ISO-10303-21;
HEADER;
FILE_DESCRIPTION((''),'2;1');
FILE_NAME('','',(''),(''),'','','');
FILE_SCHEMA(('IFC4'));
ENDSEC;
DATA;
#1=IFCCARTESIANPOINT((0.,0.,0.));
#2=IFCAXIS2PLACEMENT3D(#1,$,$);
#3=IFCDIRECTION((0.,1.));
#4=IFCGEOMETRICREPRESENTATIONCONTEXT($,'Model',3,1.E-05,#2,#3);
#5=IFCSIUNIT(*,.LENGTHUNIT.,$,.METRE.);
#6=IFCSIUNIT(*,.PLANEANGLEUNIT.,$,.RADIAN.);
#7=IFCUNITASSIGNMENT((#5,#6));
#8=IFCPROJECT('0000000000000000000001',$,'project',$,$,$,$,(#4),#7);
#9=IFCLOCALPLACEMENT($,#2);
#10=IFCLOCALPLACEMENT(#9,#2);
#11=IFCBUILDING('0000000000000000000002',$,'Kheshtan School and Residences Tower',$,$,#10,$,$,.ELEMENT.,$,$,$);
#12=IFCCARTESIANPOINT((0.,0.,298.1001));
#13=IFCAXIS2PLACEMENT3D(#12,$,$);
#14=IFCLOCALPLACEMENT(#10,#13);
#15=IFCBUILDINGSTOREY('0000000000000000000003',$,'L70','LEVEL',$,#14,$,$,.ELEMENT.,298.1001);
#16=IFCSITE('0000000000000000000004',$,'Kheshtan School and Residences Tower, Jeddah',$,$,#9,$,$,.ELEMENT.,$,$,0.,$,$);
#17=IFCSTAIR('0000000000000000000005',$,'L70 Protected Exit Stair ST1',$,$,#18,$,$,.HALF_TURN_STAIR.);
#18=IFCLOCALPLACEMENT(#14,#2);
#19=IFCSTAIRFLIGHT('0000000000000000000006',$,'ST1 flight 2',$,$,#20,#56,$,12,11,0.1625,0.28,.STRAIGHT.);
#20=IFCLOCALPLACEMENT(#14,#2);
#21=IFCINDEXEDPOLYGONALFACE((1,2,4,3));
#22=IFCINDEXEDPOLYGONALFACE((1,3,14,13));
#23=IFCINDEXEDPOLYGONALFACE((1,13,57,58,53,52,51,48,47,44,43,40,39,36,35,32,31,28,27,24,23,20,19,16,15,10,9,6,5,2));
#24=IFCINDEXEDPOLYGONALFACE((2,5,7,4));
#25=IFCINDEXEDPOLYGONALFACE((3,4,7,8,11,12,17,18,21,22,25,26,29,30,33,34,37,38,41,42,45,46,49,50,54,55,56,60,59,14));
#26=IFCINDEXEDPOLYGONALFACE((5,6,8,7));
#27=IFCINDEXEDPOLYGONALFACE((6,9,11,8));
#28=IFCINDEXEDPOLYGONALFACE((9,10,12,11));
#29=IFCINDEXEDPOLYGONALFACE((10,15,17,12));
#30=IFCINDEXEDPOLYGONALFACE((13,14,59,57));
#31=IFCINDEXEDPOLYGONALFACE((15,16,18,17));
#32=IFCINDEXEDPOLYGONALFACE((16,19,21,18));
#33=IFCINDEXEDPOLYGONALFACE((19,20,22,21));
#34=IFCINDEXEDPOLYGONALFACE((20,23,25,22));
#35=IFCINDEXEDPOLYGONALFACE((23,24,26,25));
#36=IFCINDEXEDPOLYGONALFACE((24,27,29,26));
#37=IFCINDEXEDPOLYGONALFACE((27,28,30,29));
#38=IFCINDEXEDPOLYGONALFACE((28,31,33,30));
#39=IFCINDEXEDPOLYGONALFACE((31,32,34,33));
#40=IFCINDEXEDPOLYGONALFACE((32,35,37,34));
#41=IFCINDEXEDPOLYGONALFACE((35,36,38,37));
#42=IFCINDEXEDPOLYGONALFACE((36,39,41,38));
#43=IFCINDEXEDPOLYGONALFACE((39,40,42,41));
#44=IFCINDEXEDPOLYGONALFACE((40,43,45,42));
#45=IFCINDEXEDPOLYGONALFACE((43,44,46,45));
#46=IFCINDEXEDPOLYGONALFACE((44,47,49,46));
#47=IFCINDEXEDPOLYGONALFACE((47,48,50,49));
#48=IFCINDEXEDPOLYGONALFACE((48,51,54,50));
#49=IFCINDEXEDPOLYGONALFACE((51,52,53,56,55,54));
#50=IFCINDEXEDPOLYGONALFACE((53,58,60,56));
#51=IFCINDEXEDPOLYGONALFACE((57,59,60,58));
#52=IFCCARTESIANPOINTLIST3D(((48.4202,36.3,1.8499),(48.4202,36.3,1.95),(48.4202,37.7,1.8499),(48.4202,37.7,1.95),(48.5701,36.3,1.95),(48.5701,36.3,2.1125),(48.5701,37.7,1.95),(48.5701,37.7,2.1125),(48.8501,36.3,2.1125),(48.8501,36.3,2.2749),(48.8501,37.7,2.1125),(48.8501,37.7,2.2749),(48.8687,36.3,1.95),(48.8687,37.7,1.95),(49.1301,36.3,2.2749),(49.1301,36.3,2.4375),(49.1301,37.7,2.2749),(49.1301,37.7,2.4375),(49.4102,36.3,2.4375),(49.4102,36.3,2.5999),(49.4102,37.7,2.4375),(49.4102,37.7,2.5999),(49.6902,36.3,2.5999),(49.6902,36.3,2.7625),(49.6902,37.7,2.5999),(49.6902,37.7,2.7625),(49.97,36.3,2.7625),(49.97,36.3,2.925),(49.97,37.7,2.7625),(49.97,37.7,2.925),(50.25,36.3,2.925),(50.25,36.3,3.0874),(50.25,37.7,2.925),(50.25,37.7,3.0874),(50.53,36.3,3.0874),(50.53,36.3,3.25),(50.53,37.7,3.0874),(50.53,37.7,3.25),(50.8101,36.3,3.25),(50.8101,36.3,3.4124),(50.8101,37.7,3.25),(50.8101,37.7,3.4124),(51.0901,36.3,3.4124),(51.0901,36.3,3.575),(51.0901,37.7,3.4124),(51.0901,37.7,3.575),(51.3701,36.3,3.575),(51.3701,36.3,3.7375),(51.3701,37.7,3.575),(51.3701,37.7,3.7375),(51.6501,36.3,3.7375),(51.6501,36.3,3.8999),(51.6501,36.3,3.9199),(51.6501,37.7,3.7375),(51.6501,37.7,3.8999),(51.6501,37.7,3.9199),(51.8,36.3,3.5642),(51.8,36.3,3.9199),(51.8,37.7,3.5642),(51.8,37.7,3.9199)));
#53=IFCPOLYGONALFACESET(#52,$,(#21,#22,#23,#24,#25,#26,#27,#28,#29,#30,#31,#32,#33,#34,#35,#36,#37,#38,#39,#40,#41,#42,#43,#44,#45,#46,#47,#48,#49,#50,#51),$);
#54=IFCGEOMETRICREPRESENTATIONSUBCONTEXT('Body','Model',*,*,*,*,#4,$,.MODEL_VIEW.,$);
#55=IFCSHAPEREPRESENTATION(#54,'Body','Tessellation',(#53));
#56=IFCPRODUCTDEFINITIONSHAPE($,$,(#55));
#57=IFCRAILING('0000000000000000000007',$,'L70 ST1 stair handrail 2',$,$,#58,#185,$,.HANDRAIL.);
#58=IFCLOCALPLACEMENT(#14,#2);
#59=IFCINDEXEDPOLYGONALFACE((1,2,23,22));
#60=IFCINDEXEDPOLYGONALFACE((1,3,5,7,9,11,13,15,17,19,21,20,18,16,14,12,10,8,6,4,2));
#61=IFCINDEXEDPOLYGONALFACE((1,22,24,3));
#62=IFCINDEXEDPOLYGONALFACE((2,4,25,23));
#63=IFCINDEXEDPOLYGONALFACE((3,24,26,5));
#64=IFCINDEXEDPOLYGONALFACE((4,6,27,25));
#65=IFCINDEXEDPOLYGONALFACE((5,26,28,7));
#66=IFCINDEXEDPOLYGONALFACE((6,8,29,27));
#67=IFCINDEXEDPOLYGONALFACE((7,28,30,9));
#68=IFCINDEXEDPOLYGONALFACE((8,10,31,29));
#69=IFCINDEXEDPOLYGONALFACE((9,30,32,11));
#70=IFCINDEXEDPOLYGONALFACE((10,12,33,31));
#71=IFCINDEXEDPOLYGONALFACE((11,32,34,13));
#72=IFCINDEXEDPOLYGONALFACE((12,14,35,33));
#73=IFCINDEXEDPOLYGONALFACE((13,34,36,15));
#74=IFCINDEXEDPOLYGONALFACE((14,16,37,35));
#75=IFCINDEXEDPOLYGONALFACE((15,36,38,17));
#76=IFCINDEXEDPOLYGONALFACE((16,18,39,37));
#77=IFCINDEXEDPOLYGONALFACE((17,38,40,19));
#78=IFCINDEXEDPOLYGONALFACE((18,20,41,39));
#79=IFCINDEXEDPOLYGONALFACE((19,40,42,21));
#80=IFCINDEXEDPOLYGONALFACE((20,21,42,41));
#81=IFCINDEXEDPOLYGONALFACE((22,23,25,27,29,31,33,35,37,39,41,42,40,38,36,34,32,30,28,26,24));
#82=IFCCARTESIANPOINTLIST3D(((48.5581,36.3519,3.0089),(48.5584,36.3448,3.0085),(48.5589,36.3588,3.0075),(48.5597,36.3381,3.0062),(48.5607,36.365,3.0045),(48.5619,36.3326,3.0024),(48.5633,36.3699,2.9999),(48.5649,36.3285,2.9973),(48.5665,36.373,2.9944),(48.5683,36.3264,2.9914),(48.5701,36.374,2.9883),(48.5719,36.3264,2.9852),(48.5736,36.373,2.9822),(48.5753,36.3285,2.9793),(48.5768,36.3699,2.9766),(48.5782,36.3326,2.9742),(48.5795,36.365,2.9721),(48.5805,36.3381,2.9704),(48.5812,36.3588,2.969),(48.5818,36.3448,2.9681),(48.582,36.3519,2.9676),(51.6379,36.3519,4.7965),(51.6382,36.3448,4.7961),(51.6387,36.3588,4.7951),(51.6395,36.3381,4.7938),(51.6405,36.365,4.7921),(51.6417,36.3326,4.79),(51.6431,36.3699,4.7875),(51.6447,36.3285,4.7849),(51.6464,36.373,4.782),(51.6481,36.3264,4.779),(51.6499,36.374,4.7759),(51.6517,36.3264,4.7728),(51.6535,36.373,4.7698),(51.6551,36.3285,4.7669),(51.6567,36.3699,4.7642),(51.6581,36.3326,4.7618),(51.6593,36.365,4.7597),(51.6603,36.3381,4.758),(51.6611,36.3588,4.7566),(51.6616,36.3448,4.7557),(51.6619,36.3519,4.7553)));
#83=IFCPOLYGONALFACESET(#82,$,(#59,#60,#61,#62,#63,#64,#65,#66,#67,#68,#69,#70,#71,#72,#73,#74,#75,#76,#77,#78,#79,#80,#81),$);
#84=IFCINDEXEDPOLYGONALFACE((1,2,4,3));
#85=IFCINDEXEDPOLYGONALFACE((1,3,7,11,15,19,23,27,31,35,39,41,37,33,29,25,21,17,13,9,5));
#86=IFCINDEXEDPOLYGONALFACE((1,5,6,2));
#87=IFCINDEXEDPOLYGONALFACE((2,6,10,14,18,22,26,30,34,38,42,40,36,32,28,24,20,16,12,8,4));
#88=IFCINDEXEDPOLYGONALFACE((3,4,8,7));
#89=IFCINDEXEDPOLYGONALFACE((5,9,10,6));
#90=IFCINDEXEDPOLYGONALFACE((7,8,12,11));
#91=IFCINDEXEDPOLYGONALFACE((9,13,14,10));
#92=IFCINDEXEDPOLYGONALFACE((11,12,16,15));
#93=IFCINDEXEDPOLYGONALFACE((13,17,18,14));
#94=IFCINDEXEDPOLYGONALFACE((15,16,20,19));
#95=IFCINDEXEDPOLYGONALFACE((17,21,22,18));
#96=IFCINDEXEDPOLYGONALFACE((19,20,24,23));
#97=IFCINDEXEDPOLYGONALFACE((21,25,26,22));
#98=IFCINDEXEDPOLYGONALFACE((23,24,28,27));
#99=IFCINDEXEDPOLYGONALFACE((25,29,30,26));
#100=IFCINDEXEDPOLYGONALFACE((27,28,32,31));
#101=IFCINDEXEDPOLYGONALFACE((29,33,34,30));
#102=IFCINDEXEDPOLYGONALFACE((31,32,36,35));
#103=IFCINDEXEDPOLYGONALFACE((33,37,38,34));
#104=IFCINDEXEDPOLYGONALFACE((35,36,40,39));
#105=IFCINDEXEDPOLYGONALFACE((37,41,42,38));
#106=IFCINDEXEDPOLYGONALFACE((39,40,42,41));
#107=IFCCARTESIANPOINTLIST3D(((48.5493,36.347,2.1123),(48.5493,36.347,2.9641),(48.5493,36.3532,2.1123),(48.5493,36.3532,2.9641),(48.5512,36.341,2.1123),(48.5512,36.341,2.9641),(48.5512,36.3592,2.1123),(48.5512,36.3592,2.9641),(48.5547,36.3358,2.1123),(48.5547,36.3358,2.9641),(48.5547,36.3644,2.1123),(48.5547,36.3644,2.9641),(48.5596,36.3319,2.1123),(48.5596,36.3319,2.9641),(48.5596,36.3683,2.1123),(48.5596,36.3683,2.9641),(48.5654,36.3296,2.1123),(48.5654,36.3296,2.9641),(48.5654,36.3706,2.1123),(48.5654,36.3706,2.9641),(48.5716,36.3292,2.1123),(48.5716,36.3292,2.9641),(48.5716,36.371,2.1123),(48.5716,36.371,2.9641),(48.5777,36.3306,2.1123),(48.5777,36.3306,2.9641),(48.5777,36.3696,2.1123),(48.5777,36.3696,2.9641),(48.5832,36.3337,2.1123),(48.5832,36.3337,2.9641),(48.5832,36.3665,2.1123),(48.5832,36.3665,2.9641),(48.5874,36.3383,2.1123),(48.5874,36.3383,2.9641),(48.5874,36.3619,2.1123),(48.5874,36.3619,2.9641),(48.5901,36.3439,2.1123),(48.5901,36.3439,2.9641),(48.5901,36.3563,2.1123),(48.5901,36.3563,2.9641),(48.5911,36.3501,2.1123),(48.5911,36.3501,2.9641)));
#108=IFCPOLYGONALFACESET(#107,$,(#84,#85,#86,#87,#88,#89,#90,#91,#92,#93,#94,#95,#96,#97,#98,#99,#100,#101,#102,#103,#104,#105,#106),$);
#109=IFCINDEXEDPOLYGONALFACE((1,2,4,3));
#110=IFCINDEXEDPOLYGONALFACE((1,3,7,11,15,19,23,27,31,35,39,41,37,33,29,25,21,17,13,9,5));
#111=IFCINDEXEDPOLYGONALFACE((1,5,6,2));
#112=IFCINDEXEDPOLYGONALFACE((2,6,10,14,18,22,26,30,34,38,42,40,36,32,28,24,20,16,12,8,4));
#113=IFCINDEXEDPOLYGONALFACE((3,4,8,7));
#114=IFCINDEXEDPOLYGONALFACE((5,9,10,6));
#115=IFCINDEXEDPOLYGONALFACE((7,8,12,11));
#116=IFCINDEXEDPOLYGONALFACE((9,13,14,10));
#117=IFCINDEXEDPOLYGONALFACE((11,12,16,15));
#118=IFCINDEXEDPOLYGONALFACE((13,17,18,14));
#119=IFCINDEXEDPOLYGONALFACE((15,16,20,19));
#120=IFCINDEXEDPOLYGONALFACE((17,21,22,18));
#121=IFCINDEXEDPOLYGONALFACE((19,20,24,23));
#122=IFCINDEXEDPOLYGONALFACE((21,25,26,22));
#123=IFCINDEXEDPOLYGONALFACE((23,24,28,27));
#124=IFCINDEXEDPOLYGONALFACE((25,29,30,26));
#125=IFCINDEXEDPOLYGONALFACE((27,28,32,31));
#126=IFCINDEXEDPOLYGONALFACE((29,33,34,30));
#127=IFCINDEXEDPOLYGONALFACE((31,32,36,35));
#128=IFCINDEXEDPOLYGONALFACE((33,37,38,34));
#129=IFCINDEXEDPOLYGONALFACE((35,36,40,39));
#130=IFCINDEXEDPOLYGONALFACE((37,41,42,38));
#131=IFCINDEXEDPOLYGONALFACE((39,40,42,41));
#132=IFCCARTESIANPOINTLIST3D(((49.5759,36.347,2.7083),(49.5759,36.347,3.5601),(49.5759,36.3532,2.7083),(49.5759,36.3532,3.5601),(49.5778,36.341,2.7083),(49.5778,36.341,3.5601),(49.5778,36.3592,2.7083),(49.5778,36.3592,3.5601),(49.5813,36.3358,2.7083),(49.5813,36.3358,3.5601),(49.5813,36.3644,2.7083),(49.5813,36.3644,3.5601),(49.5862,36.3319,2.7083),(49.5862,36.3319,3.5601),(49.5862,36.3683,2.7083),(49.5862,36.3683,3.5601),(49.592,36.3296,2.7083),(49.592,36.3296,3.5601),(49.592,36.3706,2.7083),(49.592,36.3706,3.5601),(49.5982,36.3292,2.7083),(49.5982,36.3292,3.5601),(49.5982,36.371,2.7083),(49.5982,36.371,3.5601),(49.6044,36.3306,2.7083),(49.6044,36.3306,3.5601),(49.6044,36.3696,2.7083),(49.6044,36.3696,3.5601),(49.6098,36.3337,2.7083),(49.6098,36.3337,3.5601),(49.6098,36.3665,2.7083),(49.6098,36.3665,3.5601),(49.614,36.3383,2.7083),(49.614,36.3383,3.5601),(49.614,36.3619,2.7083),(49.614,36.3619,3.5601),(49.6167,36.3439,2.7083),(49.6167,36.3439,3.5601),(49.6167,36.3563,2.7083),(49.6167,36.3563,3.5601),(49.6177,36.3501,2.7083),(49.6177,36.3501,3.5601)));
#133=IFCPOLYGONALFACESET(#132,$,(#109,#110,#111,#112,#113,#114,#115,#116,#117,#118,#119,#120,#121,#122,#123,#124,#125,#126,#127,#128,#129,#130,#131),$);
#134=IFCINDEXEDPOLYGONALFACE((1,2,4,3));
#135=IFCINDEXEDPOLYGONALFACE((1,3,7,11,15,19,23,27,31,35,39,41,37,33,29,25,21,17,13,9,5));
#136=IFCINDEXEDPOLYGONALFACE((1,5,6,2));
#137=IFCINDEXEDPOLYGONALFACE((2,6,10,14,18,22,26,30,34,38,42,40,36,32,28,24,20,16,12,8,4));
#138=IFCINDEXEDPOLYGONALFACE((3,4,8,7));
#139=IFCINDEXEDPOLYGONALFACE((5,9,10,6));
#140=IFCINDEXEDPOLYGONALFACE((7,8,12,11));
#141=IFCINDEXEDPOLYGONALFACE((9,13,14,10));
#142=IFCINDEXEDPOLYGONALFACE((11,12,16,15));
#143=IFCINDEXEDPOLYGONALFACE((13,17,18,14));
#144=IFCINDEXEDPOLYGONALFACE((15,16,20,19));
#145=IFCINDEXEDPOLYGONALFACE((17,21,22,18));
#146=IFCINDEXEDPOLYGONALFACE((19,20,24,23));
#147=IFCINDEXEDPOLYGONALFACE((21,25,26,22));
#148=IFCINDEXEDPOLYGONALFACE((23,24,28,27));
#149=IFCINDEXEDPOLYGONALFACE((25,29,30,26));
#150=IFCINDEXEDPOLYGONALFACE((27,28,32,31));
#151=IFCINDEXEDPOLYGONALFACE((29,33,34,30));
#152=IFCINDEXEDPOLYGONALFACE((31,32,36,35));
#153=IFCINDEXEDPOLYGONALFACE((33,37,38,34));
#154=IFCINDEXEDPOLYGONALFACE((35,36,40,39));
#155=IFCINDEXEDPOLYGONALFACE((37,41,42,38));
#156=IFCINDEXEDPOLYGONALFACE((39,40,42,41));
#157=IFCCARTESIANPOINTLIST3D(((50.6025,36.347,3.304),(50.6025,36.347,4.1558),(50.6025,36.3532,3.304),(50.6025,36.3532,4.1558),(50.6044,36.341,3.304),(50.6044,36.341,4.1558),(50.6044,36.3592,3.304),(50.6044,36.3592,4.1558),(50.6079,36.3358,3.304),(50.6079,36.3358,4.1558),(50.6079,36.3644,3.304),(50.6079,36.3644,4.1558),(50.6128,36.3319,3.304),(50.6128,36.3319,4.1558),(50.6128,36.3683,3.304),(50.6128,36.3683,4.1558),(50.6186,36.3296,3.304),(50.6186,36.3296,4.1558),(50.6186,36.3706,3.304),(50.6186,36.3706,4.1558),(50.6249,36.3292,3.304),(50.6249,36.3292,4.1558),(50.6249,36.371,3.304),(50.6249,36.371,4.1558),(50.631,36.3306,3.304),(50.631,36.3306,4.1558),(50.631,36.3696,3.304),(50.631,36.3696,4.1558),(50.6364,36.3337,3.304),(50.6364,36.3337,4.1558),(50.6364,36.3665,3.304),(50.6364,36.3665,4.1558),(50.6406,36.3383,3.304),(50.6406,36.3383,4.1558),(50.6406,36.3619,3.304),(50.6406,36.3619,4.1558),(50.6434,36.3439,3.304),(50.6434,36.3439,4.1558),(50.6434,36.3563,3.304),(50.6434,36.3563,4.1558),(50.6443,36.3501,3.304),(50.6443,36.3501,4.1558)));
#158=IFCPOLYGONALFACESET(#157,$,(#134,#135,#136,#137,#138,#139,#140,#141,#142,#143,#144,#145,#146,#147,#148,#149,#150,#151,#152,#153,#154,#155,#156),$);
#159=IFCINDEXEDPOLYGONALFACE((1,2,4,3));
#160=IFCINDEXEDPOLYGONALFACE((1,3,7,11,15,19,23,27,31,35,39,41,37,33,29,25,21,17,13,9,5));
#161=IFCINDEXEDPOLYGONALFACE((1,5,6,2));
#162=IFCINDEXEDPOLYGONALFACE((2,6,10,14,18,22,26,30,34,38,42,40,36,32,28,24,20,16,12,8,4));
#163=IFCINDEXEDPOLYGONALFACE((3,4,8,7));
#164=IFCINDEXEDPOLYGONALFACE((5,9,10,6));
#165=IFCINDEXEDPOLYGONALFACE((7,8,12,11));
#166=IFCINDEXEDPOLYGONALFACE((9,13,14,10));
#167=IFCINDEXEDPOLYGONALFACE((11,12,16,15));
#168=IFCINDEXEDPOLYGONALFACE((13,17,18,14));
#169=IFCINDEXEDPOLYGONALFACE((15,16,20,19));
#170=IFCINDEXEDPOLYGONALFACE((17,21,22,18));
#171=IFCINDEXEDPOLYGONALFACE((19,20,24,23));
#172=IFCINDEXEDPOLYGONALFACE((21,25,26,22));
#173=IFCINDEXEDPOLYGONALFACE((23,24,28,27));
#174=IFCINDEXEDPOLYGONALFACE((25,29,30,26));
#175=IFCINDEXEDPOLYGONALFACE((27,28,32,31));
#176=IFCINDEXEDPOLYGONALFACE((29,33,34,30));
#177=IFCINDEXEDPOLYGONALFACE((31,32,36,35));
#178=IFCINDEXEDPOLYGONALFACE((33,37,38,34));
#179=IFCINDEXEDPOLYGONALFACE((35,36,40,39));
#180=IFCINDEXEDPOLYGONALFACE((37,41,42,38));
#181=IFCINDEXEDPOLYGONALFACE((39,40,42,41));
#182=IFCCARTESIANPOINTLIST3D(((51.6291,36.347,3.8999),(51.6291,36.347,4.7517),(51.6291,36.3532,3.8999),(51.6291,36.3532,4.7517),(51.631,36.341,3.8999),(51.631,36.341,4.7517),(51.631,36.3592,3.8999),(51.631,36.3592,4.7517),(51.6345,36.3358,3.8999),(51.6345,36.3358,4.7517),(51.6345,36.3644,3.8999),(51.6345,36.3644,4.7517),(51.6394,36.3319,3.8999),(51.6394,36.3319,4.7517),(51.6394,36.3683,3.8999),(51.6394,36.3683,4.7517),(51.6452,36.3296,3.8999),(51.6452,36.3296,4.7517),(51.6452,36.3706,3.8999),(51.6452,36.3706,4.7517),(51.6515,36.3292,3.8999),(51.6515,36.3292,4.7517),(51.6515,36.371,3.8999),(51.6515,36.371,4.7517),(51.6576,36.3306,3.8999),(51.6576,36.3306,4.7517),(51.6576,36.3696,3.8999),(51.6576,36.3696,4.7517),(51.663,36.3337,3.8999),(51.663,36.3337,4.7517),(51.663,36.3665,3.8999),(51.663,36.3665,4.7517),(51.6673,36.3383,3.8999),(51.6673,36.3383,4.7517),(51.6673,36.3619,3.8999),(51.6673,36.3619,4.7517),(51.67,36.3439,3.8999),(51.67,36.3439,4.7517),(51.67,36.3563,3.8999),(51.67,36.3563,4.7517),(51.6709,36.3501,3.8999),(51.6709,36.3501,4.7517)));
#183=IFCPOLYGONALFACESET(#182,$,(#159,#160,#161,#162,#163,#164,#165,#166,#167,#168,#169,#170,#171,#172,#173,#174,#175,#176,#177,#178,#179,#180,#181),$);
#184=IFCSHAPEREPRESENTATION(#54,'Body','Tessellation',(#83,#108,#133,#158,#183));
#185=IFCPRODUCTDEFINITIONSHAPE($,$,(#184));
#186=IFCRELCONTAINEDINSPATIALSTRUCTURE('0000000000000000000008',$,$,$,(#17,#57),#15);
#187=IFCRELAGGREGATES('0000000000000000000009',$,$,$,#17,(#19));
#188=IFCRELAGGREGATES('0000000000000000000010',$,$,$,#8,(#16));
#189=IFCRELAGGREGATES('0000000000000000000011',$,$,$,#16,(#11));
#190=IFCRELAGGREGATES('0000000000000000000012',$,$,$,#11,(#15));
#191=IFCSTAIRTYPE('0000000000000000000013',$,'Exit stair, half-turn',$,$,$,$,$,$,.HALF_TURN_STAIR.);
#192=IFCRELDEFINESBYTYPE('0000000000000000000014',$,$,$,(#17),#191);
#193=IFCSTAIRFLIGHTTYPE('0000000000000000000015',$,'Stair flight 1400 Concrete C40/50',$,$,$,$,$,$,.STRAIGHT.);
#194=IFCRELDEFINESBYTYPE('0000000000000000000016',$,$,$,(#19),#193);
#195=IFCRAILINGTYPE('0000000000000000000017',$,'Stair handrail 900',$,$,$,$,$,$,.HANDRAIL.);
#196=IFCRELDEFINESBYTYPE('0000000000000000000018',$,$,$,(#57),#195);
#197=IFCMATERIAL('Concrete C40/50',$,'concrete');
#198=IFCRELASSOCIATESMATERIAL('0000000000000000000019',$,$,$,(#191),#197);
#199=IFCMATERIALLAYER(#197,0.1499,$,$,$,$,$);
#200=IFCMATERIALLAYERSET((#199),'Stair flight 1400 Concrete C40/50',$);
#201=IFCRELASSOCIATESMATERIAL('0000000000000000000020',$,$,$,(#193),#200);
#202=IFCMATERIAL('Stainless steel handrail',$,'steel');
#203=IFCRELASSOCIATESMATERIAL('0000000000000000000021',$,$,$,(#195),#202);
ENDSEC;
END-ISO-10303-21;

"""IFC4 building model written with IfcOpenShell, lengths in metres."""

from ifc_helpers import new_model, si_unit, direction, frame, origin, origin_2d, place, context, subcontext, project, spatial, polyline, circle, outline, extrude, material, layer, layer_set, type_object, element, aggregate, save


model = new_model("IFC4")

# Units and contexts
model_context = context("Model", 3, precision=1e-05, world=origin(), true_north=direction((0.0, 1.0)))
body_context = subcontext(model_context, "Body", "Model", "MODEL_VIEW")
ifc_project = project(units=[si_unit("LENGTHUNIT", "METRE"), si_unit("PLANEANGLEUNIT", "RADIAN")], contexts=[model_context])

# Site, building, storey
site_placement = place(None, origin())
site = spatial("IfcSite", under=ifc_project, at=site_placement, Name="Kheshtan School and Residences Tower, Jeddah", CompositionType="ELEMENT", RefElevation=0.0)
building_placement = place(site_placement, origin())
building = spatial("IfcBuilding", under=site, at=building_placement, Name="Kheshtan School and Residences Tower", CompositionType="ELEMENT")
storey_placement = place(building_placement, frame((0.0, 0.0, 298.1001)))
storey = spatial("IfcBuildingStorey", under=building, at=storey_placement, Name="L70", Description="LEVEL", CompositionType="ELEMENT", Elevation=298.1001)

# Shared definitions
ifc_material_1 = material(Name="Concrete C40/50", Category="concrete")

# Stair, stair flight
stair_type = type_object("IfcStairType", Name="Exit stair, half-turn", PredefinedType="HALF_TURN_STAIR", material=ifc_material_1)
stair_placement = place(storey_placement, origin())
stair = element("IfcStair", 1, at=stair_placement, inside=storey, type_object=stair_type, Name="L70 Protected Exit Stair ST1", PredefinedType="HALF_TURN_STAIR")
ifc_layer_1 = layer(ifc_material_1, 0.1499)
ifc_layer_set_1 = layer_set([ifc_layer_1], Name="Stair flight 1400 Concrete C40/50")
stair_flight_type = type_object("IfcStairFlightType", Name="Stair flight 1400 Concrete C40/50", PredefinedType="STRAIGHT", material=ifc_layer_set_1)
stair_flight_placement = place(storey_placement, frame((48.5701, 37.0, 1.95), z_axis=(0.0, 0.0, 1.0), x_axis=(1.0, 0.0, 0.0)))
stair_flight = element("IfcStairFlight", 2, at=stair_flight_placement, type_object=stair_flight_type, Name="ST1 flight 2", NumberOfRisers=12, NumberOfTreads=11, PredefinedType="STRAIGHT", RiserHeight=0.1625, TreadLength=0.28, context=body_context, shape_type="SweptSolid", body=[
    extrude(outline(polyline([(-0.1499, -0.1001), (-0.1499, 0.0), (0.0, 0.0), (0.0, 0.1626), (0.28, 0.1626), (0.28, 0.325), (0.5601, 0.325), (0.5601, 0.4875), (0.8401, 0.4875), (0.8401, 0.6499), (1.1201, 0.6499), (1.1201, 0.8125), (1.3999, 0.8125), (1.3999, 0.9751), (1.6799, 0.9751), (1.6799, 1.1375), (1.96, 1.1375), (1.96, 1.3), (2.24, 1.3), (2.24, 1.4624), (2.52, 1.4624), (2.52, 1.625), (2.8, 1.625), (2.8, 1.7876), (3.0801, 1.7876), (3.0801, 1.95), (3.0801, 1.97), (3.23, 1.97), (3.23, 1.6143), (0.2986, 0.0), (-0.1499, -0.1001)])), frame((0.0, 0.7, 0.0), z_axis=(0.0, -1.0, 0.0), x_axis=(1.0, 0.0, 0.0)), (0.0, 0.0, 1.0), 1.3999),
])
aggregate(stair, [stair_flight])

# Railing
ifc_material_2 = material(Name="Stainless steel handrail", Category="steel")
railing_type = type_object("IfcRailingType", Name="Stair handrail 900", PredefinedType="HANDRAIL", material=ifc_material_2)
railing_1_placement = place(storey_placement, frame((48.5701, 36.3501, 2.1123)))
element("IfcRailing", 3, at=railing_1_placement, inside=storey, type_object=railing_type, Name="L70 ST1 stair handrail 2", PredefinedType="HANDRAIL", context=body_context, shape_type="SweptSolid", body=[
    extrude(circle(Radius=0.0239, at=origin_2d()), frame((0.0, 0.0, 0.876), z_axis=(0.864873, 0.0, 0.50199), x_axis=(0.0, 1.0, 0.0)), (0.0, 0.0, 1.0), 3.561),
    extrude(circle(Radius=0.021, at=origin_2d()), origin(), (0.0, 0.0, 1.0), 0.8518),
    extrude(circle(Radius=0.021, at=origin_2d()), frame((1.0266, 0.0, 0.5959)), (0.0, 0.0, 1.0), 0.8518),
    extrude(circle(Radius=0.021, at=origin_2d()), frame((2.0532, 0.0, 1.1917)), (0.0, 0.0, 1.0), 0.8518),
    extrude(circle(Radius=0.021, at=origin_2d()), frame((3.0798, 0.0, 1.7876)), (0.0, 0.0, 1.0), 0.8518),
])

save(model, "model.ifc")
